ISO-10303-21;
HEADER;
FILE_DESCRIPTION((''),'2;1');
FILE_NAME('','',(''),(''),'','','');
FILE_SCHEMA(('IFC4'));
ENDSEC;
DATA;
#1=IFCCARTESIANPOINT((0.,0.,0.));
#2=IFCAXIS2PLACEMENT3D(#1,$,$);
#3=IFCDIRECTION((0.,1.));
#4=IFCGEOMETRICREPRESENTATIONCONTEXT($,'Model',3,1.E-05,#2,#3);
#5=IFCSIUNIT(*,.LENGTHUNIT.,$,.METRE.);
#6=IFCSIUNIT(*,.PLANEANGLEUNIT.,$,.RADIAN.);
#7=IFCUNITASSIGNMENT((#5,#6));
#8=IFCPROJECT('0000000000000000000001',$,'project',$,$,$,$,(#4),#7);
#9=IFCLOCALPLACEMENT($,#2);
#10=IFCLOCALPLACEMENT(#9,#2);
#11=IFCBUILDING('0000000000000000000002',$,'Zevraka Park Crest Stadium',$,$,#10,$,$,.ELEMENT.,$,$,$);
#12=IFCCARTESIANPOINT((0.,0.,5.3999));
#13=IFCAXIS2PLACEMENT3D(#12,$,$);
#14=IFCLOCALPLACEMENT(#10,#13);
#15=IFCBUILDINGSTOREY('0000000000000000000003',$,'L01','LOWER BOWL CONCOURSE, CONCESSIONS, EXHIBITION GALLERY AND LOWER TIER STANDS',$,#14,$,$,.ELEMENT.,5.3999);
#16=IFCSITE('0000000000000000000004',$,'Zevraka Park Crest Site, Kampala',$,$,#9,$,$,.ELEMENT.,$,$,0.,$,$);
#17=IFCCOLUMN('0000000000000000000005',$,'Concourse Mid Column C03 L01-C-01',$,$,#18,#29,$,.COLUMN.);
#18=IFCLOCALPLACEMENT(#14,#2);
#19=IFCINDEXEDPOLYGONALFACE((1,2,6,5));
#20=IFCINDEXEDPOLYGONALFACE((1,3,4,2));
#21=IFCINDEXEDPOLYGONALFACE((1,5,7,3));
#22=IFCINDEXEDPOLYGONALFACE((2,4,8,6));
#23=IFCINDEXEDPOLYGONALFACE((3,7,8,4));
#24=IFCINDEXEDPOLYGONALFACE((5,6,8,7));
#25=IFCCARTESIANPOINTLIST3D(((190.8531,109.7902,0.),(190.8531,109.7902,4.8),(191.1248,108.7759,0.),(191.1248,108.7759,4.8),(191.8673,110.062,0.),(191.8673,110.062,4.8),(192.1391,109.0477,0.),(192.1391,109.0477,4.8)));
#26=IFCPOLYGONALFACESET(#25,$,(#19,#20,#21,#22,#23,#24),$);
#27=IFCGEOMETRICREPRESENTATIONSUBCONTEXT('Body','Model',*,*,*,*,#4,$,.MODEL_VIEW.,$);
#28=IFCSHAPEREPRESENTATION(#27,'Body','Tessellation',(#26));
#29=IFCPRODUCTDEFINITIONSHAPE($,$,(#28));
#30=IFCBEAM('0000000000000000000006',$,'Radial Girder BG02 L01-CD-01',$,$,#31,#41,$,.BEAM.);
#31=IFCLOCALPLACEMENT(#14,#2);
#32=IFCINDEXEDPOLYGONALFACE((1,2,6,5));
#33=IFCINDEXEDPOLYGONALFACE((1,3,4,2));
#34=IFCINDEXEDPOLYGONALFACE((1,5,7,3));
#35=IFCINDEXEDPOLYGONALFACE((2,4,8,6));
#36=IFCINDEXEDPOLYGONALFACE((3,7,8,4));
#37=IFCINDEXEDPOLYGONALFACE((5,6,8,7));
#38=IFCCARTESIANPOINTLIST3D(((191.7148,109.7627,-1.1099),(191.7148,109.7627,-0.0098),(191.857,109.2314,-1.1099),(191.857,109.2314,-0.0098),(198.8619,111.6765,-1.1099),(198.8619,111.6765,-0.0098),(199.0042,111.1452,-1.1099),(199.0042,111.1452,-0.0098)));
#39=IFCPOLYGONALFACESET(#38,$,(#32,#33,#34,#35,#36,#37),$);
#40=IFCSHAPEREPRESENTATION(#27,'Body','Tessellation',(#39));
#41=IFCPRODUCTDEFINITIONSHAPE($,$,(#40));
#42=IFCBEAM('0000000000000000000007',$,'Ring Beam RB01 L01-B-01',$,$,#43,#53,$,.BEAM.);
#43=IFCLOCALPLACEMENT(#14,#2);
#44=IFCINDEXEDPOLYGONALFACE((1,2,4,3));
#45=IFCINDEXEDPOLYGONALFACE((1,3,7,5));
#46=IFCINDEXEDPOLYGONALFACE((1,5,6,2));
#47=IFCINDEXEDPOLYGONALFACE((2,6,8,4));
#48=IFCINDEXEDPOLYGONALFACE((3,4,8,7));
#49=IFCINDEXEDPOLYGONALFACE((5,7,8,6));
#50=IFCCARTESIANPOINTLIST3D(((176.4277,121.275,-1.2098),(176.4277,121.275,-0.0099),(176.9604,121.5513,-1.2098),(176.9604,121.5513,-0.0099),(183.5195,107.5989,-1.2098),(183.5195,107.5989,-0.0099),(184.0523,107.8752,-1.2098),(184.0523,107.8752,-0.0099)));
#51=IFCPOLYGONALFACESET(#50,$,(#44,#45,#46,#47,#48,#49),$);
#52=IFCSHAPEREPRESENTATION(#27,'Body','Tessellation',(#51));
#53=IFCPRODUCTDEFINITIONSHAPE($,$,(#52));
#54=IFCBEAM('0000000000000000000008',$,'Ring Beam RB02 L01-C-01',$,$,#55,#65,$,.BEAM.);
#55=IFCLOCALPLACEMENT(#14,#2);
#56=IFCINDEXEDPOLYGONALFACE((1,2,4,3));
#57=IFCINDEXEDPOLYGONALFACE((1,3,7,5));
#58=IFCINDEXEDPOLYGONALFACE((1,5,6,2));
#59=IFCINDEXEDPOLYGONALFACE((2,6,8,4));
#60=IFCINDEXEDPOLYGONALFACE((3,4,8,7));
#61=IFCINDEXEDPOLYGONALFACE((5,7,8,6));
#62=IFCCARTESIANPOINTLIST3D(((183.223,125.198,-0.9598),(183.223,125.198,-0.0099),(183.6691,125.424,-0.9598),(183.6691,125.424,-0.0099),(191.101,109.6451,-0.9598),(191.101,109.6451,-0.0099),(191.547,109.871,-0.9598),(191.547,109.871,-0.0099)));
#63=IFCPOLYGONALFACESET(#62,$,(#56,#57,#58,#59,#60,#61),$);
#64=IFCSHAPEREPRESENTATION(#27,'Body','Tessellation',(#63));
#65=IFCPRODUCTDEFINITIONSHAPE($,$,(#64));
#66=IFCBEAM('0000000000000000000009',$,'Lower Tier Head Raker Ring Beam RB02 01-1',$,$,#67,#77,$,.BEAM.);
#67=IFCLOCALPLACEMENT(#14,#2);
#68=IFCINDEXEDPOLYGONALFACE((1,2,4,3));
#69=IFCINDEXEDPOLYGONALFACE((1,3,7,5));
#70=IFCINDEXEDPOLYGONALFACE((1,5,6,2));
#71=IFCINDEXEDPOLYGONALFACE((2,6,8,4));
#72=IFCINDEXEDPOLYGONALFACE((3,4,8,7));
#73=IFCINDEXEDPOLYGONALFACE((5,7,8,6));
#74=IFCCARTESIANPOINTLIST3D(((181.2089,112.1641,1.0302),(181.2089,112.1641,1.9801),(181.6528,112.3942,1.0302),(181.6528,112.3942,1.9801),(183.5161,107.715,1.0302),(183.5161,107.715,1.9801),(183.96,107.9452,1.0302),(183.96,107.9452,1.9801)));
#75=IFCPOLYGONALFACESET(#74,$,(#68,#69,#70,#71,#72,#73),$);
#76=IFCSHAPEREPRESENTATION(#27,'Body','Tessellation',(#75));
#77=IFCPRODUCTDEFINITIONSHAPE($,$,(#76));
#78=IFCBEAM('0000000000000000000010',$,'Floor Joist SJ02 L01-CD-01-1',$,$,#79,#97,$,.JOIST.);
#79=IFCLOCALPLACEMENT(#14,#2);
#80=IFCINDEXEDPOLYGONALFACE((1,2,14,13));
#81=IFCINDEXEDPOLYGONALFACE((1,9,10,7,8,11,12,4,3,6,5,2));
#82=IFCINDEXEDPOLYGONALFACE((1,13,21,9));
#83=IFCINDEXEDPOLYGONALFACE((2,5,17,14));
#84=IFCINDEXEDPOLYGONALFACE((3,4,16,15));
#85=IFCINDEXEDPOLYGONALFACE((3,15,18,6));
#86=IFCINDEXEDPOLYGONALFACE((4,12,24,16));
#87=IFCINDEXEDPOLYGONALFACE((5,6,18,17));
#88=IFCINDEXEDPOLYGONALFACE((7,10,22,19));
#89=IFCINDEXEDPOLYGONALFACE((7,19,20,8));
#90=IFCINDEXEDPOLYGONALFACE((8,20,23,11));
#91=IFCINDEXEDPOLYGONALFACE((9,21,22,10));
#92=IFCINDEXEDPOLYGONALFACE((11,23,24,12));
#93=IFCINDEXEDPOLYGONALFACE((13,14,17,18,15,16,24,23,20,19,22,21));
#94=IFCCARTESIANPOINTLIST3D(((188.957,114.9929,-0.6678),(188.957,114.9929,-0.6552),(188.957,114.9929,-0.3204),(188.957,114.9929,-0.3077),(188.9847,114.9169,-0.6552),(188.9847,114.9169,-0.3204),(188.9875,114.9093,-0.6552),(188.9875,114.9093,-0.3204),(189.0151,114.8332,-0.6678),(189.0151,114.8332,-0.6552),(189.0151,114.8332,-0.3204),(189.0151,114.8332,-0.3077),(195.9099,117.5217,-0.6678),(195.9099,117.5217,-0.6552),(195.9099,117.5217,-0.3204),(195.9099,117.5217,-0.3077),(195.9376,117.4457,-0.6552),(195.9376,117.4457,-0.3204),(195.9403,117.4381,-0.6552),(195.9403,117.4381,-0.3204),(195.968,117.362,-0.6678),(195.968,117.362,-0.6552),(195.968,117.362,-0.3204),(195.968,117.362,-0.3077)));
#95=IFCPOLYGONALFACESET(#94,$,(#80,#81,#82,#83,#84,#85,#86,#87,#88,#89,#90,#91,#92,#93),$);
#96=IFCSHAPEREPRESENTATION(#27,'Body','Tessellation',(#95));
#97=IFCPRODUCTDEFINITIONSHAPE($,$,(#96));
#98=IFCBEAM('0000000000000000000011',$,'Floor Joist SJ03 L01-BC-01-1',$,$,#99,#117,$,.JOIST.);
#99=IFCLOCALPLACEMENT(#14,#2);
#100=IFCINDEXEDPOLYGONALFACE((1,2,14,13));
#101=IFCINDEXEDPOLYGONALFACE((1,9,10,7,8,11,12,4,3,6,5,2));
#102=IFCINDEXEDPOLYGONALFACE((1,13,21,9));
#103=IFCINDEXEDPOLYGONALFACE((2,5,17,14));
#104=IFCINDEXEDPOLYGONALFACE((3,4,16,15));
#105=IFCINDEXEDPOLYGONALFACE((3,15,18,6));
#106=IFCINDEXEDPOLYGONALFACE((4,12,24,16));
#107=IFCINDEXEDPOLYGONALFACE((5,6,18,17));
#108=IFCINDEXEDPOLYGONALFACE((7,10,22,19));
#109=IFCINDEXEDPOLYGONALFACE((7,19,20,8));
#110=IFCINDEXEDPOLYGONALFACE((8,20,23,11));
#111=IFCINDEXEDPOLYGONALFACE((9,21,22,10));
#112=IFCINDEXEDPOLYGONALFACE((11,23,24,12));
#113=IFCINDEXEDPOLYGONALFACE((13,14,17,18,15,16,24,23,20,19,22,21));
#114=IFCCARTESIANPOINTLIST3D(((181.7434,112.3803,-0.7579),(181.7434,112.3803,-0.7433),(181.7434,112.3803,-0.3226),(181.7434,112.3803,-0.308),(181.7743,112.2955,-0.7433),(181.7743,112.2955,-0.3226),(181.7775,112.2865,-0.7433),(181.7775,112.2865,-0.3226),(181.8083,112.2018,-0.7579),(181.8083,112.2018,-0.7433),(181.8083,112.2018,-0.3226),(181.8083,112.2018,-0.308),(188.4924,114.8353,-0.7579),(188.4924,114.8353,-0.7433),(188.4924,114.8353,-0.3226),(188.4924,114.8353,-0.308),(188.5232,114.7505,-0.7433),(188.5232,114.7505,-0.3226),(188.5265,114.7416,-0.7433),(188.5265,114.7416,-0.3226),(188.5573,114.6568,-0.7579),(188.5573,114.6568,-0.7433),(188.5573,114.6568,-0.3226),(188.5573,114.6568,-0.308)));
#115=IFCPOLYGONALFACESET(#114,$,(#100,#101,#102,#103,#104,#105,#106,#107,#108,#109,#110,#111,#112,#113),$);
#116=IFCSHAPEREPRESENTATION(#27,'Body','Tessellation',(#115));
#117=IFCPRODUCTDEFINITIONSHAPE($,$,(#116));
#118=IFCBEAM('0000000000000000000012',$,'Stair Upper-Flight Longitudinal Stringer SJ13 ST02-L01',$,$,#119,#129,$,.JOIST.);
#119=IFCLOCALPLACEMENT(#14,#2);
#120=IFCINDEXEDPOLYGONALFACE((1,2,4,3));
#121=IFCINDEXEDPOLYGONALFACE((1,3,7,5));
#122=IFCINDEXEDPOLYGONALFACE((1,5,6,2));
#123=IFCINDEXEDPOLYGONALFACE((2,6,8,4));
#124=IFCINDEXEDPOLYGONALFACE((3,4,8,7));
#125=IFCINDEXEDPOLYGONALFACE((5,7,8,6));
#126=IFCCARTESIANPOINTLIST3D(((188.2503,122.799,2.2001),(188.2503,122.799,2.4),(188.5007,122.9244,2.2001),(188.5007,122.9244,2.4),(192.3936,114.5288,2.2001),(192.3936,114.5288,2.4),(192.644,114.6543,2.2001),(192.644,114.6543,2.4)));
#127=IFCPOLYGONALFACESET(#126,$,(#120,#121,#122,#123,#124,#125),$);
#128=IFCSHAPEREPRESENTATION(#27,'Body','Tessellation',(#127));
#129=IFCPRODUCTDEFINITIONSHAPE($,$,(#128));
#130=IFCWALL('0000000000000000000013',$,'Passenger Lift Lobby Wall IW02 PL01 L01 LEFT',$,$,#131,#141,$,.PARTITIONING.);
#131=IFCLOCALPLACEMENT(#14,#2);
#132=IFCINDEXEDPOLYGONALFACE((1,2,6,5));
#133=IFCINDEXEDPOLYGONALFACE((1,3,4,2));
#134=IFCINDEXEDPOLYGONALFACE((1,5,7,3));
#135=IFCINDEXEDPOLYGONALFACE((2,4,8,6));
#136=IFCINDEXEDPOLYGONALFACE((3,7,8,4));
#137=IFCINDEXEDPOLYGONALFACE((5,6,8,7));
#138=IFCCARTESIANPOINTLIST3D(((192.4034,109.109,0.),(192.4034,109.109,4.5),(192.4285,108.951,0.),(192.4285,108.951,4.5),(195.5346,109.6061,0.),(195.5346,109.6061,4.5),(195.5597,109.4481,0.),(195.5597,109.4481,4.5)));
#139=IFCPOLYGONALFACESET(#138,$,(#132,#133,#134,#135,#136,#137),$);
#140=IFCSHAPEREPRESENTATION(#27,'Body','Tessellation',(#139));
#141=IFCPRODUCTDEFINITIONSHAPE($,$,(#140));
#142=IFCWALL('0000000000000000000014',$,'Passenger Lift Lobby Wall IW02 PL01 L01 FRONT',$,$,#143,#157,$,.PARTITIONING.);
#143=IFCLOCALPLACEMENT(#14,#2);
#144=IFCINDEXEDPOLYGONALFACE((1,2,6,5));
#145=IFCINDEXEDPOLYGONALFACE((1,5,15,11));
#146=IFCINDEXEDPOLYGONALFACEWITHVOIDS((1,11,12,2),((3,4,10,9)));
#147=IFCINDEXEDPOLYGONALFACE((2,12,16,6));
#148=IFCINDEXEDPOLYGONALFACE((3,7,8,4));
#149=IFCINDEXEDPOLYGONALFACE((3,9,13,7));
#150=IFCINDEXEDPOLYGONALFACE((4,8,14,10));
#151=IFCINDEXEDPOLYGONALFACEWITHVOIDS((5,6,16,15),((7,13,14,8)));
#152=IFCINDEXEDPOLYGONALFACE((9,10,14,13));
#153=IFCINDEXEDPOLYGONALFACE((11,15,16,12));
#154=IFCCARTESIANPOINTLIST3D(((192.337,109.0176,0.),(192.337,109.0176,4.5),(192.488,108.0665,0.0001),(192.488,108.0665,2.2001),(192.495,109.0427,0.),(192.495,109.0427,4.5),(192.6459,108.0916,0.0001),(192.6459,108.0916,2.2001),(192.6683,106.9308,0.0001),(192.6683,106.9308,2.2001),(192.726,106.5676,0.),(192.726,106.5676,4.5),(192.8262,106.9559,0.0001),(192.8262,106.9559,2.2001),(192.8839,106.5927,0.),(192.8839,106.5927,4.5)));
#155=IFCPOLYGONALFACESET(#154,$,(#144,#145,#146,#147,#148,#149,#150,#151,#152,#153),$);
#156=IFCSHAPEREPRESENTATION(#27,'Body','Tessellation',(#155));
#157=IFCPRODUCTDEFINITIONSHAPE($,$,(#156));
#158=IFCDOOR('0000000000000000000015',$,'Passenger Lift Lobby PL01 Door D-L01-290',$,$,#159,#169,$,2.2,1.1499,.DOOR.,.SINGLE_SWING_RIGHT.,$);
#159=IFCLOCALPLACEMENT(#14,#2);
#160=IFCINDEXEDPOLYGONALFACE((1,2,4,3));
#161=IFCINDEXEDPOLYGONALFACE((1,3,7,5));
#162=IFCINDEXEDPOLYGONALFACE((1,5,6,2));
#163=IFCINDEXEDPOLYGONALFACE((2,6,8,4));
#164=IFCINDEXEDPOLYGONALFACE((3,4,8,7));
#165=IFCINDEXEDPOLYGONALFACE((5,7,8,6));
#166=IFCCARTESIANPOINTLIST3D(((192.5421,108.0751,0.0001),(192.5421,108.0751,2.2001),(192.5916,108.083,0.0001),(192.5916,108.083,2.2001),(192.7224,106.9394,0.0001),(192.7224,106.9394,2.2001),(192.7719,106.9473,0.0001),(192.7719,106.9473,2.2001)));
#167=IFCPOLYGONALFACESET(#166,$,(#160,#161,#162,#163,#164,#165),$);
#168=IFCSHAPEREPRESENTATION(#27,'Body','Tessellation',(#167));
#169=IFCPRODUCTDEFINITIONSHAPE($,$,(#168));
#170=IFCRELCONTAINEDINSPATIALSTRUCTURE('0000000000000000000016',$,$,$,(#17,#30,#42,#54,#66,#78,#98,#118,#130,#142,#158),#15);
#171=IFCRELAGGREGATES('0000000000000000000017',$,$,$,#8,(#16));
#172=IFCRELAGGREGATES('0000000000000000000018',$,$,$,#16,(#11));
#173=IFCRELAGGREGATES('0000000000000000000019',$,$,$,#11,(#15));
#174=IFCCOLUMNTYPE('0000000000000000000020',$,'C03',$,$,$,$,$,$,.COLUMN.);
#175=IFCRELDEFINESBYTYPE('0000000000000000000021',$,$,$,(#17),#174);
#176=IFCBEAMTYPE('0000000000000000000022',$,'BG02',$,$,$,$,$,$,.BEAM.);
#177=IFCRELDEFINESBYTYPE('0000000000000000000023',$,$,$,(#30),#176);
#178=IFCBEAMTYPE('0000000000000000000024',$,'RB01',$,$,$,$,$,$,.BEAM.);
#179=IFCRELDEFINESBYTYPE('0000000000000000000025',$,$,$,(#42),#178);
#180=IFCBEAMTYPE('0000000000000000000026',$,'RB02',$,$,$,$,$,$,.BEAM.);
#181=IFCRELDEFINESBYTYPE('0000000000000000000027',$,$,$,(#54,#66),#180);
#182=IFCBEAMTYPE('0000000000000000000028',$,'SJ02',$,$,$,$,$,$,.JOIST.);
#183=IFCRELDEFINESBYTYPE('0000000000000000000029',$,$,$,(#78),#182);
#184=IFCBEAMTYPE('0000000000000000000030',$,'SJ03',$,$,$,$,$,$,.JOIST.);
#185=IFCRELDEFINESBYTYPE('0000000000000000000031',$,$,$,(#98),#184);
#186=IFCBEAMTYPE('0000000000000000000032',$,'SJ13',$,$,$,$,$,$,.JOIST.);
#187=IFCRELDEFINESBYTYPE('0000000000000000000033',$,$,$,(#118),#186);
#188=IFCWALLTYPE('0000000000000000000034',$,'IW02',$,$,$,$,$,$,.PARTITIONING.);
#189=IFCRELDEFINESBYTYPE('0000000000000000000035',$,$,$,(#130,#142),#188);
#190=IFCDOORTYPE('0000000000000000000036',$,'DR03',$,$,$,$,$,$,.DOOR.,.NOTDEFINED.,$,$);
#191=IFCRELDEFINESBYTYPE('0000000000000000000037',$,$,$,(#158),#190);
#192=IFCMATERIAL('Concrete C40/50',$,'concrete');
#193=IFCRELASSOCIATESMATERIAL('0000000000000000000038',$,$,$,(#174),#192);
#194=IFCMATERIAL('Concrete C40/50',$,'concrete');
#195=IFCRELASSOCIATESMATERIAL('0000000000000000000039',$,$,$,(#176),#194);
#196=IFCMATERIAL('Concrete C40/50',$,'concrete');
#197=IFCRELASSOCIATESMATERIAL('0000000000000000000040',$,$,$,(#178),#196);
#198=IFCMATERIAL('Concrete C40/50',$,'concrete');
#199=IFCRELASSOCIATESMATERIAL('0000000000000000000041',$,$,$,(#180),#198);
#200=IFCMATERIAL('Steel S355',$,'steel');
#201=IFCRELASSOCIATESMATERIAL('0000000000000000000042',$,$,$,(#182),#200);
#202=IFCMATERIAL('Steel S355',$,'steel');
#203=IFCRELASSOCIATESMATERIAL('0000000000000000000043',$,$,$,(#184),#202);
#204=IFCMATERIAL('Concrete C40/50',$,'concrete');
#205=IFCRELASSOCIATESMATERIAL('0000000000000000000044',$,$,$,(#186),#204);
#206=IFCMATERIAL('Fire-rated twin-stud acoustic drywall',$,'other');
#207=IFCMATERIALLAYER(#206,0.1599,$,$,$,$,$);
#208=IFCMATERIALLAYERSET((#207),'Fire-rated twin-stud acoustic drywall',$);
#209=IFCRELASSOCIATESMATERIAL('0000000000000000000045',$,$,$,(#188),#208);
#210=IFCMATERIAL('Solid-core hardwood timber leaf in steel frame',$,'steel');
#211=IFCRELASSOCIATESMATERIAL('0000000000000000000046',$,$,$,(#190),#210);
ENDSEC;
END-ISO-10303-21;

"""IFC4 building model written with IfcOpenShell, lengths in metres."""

from ifc_helpers import new_model, si_unit, direction, frame, frame_2d, origin, origin_2d, place, context, subcontext, project, spatial, rectangle, i_section, extrude, material, layer, layer_set, material_profile, profile_set, type_object, element, fill, save


model = new_model("IFC4")

# Units and contexts
model_context = context("Model", 3, precision=1e-05, world=origin(), true_north=direction((0.0, 1.0)))
body_context = subcontext(model_context, "Body", "Model", "MODEL_VIEW")
ifc_project = project(units=[si_unit("LENGTHUNIT", "METRE"), si_unit("PLANEANGLEUNIT", "RADIAN")], contexts=[model_context])

# Site, building, storey
site_placement = place(None, origin())
site = spatial("IfcSite", under=ifc_project, at=site_placement, Name="Zevraka Park Crest Site, Kampala", CompositionType="ELEMENT", RefElevation=0.0)
building_placement = place(site_placement, origin())
building = spatial("IfcBuilding", under=site, at=building_placement, Name="Zevraka Park Crest Stadium", CompositionType="ELEMENT")
storey_placement = place(building_placement, frame((0.0, 0.0, 5.3999)))
storey = spatial("IfcBuildingStorey", under=building, at=storey_placement, Name="L01", Description="LOWER BOWL CONCOURSE, CONCESSIONS, EXHIBITION GALLERY AND LOWER TIER STANDS", CompositionType="ELEMENT", Elevation=5.3999)

# Column
ifc_material_1 = material(Name="Concrete C40/50", Category="concrete")
ifc_material_profile_1 = material_profile(ifc_material_1, rectangle(XDim=1.05, YDim=1.05, at=origin_2d()), Name="RC 1050x1050")
ifc_profile_set_1 = profile_set([ifc_material_profile_1], Name="Concrete C40/50")
column_type = type_object("IfcColumnType", Name="C03", PredefinedType="COLUMN", material=ifc_profile_set_1)
column_placement = place(storey_placement, frame((191.4961, 109.4189, 0.0), z_axis=(0.0, 0.0, 1.0), x_axis=(0.965926, 0.258819, 0.0)))
element("IfcColumn", 1, at=column_placement, inside=storey, type_object=column_type, Name="Concourse Mid Column C03 L01-C-01", PredefinedType="COLUMN", context=body_context, shape_type="SweptSolid", body=[
    extrude(rectangle(XDim=1.05, YDim=1.05, at=origin_2d()), origin(), (0.0, 0.0, 1.0), 4.8),
])

# Beams
ifc_material_2 = material(Name="Concrete C40/50", Category="concrete")
ifc_material_profile_2 = material_profile(ifc_material_2, rectangle(XDim=0.55, YDim=1.1001, at=origin_2d()), Name="RC 1100x550")
ifc_profile_set_2 = profile_set([ifc_material_profile_2], Name="Concrete C40/50")
beam_type_1 = type_object("IfcBeamType", Name="BG02", PredefinedType="BEAM", material=ifc_profile_set_2)
beam_1_placement = place(storey_placement, frame((191.7859, 109.4971, -0.5598), z_axis=(0.965969, 0.258659, 0.0), x_axis=(-0.258659, 0.965969, 0.0)))
element("IfcBeam", 2, at=beam_1_placement, inside=storey, type_object=beam_type_1, Name="Radial Girder BG02 L01-CD-01", PredefinedType="BEAM", context=body_context, shape_type="SweptSolid", body=[
    extrude(rectangle(XDim=0.55, YDim=1.1001, at=origin_2d()), origin(), (0.0, 0.0, 1.0), 7.3989),
])
ifc_material_3 = material(Name="Concrete C40/50", Category="concrete")
ifc_material_profile_3 = material_profile(ifc_material_3, rectangle(XDim=0.6001, YDim=1.2, at=origin_2d()), Name="RC 1200x600")
ifc_profile_set_3 = profile_set([ifc_material_profile_3], Name="Concrete C40/50")
beam_type_2 = type_object("IfcBeamType", Name="RB01", PredefinedType="BEAM", material=ifc_profile_set_3)
beam_2_placement = place(storey_placement, frame((183.7859, 107.7371, -0.6099), z_axis=(-0.460344, 0.887741, 0.0), x_axis=(-0.887741, -0.460344, 0.0)))
element("IfcBeam", 3, at=beam_2_placement, inside=storey, type_object=beam_type_2, Name="Ring Beam RB01 L01-B-01", PredefinedType="BEAM", context=body_context, shape_type="SweptSolid", body=[
    extrude(rectangle(XDim=0.6001, YDim=1.2, at=origin_2d()), origin(), (0.0, 0.0, 1.0), 15.4055),
])
ifc_material_4 = material(Name="Concrete C40/50", Category="concrete")
ifc_material_profile_4 = material_profile(ifc_material_4, rectangle(XDim=0.5, YDim=0.95, at=origin_2d()), Name="RC 950x500")
ifc_profile_set_4 = profile_set([ifc_material_profile_4], Name="Concrete C40/50")
beam_type_3 = type_object("IfcBeamType", Name="RB02", PredefinedType="BEAM", material=ifc_profile_set_4)
beam_3_placement = place(storey_placement, frame((191.324, 109.7581, -0.4849), z_axis=(-0.451862, 0.892088, 0.0), x_axis=(-0.892088, -0.451862, 0.0)))
element("IfcBeam", 4, at=beam_3_placement, inside=storey, type_object=beam_type_3, Name="Ring Beam RB02 L01-C-01", PredefinedType="BEAM", context=body_context, shape_type="SweptSolid", body=[
    extrude(rectangle(XDim=0.5, YDim=0.95, at=origin_2d()), origin(), (0.0, 0.0, 1.0), 17.4343),
])
beam_4_placement = place(storey_placement, frame((183.738, 107.8301, 1.5051), z_axis=(-0.460357, 0.887734, 0.0), x_axis=(-0.887734, -0.460357, 0.0)))
element("IfcBeam", 5, at=beam_4_placement, inside=storey, type_object=beam_type_3, Name="Lower Tier Head Raker Ring Beam RB02 01-1", PredefinedType="BEAM", context=body_context, shape_type="SweptSolid", body=[
    extrude(rectangle(XDim=0.5, YDim=0.95, at=origin_2d()), origin(), (0.0, 0.0, 1.0), 5.0117),
])
ifc_material_5 = material(Name="Steel S355", Category="steel")
ifc_material_profile_5 = material_profile(ifc_material_5, i_section(OverallWidth=0.1699, OverallDepth=0.3601, WebThickness=0.0081, FlangeThickness=0.0127, at=origin_2d()), Name="IPE 360")
ifc_profile_set_5 = profile_set([ifc_material_profile_5], Name="Steel S355")
beam_type_4 = type_object("IfcBeamType", Name="SJ02", PredefinedType="JOIST", material=ifc_profile_set_5)
beam_5_placement = place(storey_placement, frame((188.9861, 114.9131, -0.4878), z_axis=(0.939772, 0.341801, 0.0), x_axis=(-0.341801, 0.939772, 0.0)))
element("IfcBeam", 6, at=beam_5_placement, inside=storey, type_object=beam_type_4, Name="Floor Joist SJ02 L01-CD-01-1", PredefinedType="JOIST", context=body_context, shape_type="SweptSolid", body=[
    extrude(i_section(OverallWidth=0.1699, OverallDepth=0.3601, WebThickness=0.0081, FlangeThickness=0.0127, at=origin_2d()), origin(), (0.0, 0.0, 1.0), 7.3984),
])
ifc_material_6 = material(Name="Steel S355", Category="steel")
ifc_material_profile_6 = material_profile(ifc_material_6, i_section(OverallWidth=0.1899, OverallDepth=0.45, WebThickness=0.0095, FlangeThickness=0.0146, at=origin_2d()), Name="IPE 450")
ifc_profile_set_6 = profile_set([ifc_material_profile_6], Name="Steel S355")
beam_type_5 = type_object("IfcBeamType", Name="SJ03", PredefinedType="JOIST", material=ifc_profile_set_6)
beam_6_placement = place(storey_placement, frame((181.7759, 112.291, -0.533), z_axis=(0.939754, 0.341852, 0.0), x_axis=(-0.341852, 0.939754, 0.0)))
element("IfcBeam", 7, at=beam_6_placement, inside=storey, type_object=beam_type_5, Name="Floor Joist SJ03 L01-BC-01-1", PredefinedType="JOIST", context=body_context, shape_type="SweptSolid", body=[
    extrude(i_section(OverallWidth=0.1899, OverallDepth=0.45, WebThickness=0.0095, FlangeThickness=0.0146, at=origin_2d()), origin(), (0.0, 0.0, 1.0), 7.1816),
])
ifc_material_7 = material(Name="Concrete C40/50", Category="concrete")
ifc_material_profile_7 = material_profile(ifc_material_7, rectangle(XDim=0.28, YDim=0.2, at=origin_2d()), Name="RC 200x280")
ifc_profile_set_7 = profile_set([ifc_material_profile_7], Name="Concrete C40/50")
beam_type_6 = type_object("IfcBeamType", Name="SJ13", PredefinedType="JOIST", material=ifc_profile_set_7)
beam_7_placement = place(storey_placement, frame((192.5188, 114.5916, 2.3), z_axis=(-0.447921, 0.894073, 0.0), x_axis=(-0.894073, -0.447921, 0.0)))
element("IfcBeam", 8, at=beam_7_placement, inside=storey, type_object=beam_type_6, Name="Stair Upper-Flight Longitudinal Stringer SJ13 ST02-L01", PredefinedType="JOIST", context=body_context, shape_type="SweptSolid", body=[
    extrude(rectangle(XDim=0.28, YDim=0.2, at=origin_2d()), origin(), (0.0, 0.0, 1.0), 9.25),
])

# Wall
ifc_material_8 = material(Name="Fire-rated twin-stud acoustic drywall", Category="other")
ifc_layer_1 = layer(ifc_material_8, 0.1599)
ifc_layer_set_1 = layer_set([ifc_layer_1], Name="Fire-rated twin-stud acoustic drywall")
wall_type_1 = type_object("IfcWallType", Name="IW02", PredefinedType="PARTITIONING", material=ifc_layer_set_1)
wall_1_placement = place(storey_placement, frame((195.5471, 109.5271, 0.0), z_axis=(0.0, 0.0, 1.0), x_axis=(-0.987632, -0.156789, 0.0)))
element("IfcWall", 9, at=wall_1_placement, inside=storey, type_object=wall_type_1, Name="Passenger Lift Lobby Wall IW02 PL01 L01 LEFT", PredefinedType="PARTITIONING", context=body_context, shape_type="SweptSolid", body=[
    extrude(rectangle(XDim=3.1704, YDim=0.1599, at=frame_2d((1.5852, 0.0))), origin(), (0.0, 0.0, 1.0), 4.5),
])

# Wall, opening, door
wall_2_placement = place(storey_placement, frame((192.416, 109.03, 0.0), z_axis=(0.0, 0.0, 1.0), x_axis=(0.156781, -0.987633, 0.0)))
wall_2 = element("IfcWall", 10, at=wall_2_placement, inside=storey, type_object=wall_type_1, Name="Passenger Lift Lobby Wall IW02 PL01 L01 FRONT", PredefinedType="PARTITIONING", context=body_context, shape_type="SweptSolid", body=[
    extrude(rectangle(XDim=2.4807, YDim=0.1599, at=frame_2d((1.2402, 0.0))), origin(), (0.0, 0.0, 1.0), 4.5),
])
opening_1_placement = place(wall_2_placement, frame((0.9629, 0.0, 0.0)))
opening_1 = element("IfcOpeningElement", 11, at=opening_1_placement, cuts=wall_2, PredefinedType="OPENING", context=body_context, shape_type="SweptSolid", body=[
    extrude(rectangle(XDim=1.1499, YDim=2.2, at=frame_2d((0.575, 1.1001))), frame((0.0, 0.0898, 0.0), z_axis=(0.0, -1.0, 0.0), x_axis=(1.0, 0.0, 0.0)), (0.0, 0.0, 1.0), 0.1799),
])
ifc_material_9 = material(Name="Solid-core hardwood timber leaf in steel frame", Category="steel")
door_type_1 = type_object("IfcDoorType", Name="DR03", OperationType="NOTDEFINED", PredefinedType="DOOR", material=ifc_material_9)
door_1_placement = place(opening_1_placement, origin())
door_1 = element("IfcDoor", 12, at=door_1_placement, inside=storey, type_object=door_type_1, Name="Passenger Lift Lobby PL01 Door D-L01-290", OperationType="SINGLE_SWING_RIGHT", OverallHeight=2.2, OverallWidth=1.1499, PredefinedType="DOOR", context=body_context, shape_type="SweptSolid", body=[
    extrude(rectangle(XDim=1.1499, YDim=2.2, at=frame_2d((0.575, 1.1001))), frame((0.0, 0.0249, 0.0), z_axis=(0.0, -1.0, 0.0), x_axis=(1.0, 0.0, 0.0)), (0.0, 0.0, 1.0), 0.05),
])
fill(opening_1, door_1)

save(model, "model.ifc")
